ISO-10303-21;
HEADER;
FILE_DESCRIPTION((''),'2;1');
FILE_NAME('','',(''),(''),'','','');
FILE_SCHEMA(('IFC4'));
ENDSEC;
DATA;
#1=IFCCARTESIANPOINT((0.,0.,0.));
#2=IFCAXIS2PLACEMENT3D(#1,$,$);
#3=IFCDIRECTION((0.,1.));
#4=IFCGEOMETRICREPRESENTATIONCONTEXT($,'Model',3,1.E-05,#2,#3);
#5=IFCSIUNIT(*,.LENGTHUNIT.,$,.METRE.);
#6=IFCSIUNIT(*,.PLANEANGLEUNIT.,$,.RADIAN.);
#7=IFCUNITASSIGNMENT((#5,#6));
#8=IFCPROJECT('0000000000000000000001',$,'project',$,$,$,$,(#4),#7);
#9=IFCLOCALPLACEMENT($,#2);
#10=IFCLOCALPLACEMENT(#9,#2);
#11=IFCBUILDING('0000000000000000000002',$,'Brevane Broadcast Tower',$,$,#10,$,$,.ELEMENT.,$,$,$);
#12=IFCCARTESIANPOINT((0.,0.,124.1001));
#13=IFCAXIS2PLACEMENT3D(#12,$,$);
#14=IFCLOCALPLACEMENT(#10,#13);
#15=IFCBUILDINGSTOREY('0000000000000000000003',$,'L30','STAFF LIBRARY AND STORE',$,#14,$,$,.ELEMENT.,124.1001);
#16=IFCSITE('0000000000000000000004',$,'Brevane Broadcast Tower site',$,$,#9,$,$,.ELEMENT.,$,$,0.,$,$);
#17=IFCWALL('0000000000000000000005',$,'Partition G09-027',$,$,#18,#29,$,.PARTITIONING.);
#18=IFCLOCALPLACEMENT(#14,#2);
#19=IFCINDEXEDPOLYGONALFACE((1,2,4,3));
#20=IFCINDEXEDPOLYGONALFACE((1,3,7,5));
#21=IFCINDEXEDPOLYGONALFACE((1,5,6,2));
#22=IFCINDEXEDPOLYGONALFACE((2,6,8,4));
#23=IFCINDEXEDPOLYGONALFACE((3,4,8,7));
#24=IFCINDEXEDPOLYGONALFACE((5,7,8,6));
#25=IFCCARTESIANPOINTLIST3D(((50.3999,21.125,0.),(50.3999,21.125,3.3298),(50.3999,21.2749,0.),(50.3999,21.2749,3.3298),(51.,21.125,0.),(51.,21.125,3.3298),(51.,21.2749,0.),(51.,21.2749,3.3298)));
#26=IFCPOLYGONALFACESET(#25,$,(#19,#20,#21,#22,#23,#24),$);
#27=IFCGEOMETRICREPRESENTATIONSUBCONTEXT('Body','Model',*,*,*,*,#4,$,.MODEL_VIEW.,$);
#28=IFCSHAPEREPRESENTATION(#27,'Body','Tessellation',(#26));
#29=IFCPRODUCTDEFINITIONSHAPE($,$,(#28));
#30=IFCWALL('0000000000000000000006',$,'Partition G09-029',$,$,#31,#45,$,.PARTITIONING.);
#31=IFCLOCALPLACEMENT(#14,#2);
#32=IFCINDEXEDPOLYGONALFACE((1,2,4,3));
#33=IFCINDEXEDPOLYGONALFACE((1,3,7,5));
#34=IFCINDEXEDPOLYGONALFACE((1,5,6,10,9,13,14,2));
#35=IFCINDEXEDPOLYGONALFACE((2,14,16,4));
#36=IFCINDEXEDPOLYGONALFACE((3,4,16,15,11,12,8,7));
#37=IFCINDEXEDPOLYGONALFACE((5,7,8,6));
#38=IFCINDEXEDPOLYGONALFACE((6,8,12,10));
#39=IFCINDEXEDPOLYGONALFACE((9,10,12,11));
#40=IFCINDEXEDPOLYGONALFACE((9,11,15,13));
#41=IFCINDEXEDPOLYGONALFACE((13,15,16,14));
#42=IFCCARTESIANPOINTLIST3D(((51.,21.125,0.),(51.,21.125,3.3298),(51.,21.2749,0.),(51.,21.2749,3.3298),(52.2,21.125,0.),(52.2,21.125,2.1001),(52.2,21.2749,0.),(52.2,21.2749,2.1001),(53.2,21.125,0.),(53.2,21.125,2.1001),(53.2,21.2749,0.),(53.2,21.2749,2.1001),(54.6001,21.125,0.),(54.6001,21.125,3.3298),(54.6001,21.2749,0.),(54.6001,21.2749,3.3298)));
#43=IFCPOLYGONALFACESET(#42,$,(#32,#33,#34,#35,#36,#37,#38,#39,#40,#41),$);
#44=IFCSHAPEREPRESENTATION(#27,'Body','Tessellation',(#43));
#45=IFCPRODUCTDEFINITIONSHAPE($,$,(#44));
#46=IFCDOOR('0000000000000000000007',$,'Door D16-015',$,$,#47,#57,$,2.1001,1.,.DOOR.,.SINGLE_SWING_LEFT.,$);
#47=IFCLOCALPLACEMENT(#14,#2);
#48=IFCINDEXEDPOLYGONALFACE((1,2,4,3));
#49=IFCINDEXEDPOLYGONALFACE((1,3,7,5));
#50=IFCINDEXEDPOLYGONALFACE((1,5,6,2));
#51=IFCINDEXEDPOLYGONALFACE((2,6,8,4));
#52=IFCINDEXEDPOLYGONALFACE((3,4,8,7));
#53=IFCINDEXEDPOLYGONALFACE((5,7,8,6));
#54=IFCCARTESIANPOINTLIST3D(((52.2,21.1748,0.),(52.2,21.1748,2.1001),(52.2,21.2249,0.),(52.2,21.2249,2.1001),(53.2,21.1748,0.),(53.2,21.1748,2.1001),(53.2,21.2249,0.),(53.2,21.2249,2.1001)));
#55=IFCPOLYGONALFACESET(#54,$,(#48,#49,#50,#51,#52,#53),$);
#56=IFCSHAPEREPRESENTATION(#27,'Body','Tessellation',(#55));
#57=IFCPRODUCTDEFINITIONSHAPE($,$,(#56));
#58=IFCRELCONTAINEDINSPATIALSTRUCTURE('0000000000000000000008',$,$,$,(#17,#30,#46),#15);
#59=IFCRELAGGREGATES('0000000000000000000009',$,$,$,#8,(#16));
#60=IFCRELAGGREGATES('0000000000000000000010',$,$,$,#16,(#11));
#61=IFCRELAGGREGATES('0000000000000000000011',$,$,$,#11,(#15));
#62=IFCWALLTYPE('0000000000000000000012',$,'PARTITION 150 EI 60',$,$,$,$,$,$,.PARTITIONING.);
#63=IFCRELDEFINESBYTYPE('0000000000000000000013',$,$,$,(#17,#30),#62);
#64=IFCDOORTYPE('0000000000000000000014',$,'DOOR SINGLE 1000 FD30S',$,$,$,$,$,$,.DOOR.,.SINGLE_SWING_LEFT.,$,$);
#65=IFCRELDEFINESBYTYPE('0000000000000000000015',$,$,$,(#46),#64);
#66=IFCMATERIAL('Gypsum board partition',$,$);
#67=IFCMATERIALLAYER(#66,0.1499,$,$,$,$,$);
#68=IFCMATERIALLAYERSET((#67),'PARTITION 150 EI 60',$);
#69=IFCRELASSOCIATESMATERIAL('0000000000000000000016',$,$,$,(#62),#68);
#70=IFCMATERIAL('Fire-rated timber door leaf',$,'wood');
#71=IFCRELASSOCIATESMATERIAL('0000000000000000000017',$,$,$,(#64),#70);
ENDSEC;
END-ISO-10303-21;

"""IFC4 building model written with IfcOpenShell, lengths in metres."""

from ifc_helpers import new_model, si_unit, direction, frame, frame_2d, origin, place, context, subcontext, project, spatial, rectangle, extrude, material, layer, layer_set, type_object, element, fill, save


model = new_model("IFC4")

# Units and contexts
model_context = context("Model", 3, precision=1e-05, world=origin(), true_north=direction((0.0, 1.0)))
body_context = subcontext(model_context, "Body", "Model", "MODEL_VIEW")
ifc_project = project(units=[si_unit("LENGTHUNIT", "METRE"), si_unit("PLANEANGLEUNIT", "RADIAN")], contexts=[model_context])

# Site, building, storey
site_placement = place(None, origin())
site = spatial("IfcSite", under=ifc_project, at=site_placement, Name="Brevane Broadcast Tower site", CompositionType="ELEMENT", RefElevation=0.0)
building_placement = place(site_placement, origin())
building = spatial("IfcBuilding", under=site, at=building_placement, Name="Brevane Broadcast Tower", CompositionType="ELEMENT")
storey_placement = place(building_placement, frame((0.0, 0.0, 124.1001)))
storey = spatial("IfcBuildingStorey", under=building, at=storey_placement, Name="L30", Description="STAFF LIBRARY AND STORE", CompositionType="ELEMENT", Elevation=124.1001)

# Shared definitions
ifc_material_1 = material(Name="Gypsum board partition")

# Shared definitions
ifc_layer_1 = layer(ifc_material_1, 0.1499)
ifc_layer_set_1 = layer_set([ifc_layer_1], Name="PARTITION 150 EI 60")
wall_type_1 = type_object("IfcWallType", Name="PARTITION 150 EI 60", PredefinedType="PARTITIONING", material=ifc_layer_set_1)
ifc_material_2 = material(Name="Fire-rated timber door leaf", Category="wood")

# Wall
wall_1_placement = place(storey_placement, frame((50.3999, 21.2, 0.0), z_axis=(0.0, 0.0, 1.0), x_axis=(1.0, 0.0, 0.0)))
element("IfcWall", 1, at=wall_1_placement, inside=storey, type_object=wall_type_1, Name="Partition G09-027", PredefinedType="PARTITIONING", context=body_context, shape_type="SweptSolid", body=[
    extrude(rectangle(XDim=0.6001, YDim=0.1499, at=frame_2d((0.3, 0.0))), origin(), (0.0, 0.0, 1.0), 3.3298),
])

# Wall, opening, door
wall_2_placement = place(storey_placement, frame((51.0, 21.2, 0.0), z_axis=(0.0, 0.0, 1.0), x_axis=(1.0, 0.0, 0.0)))
wall_2 = element("IfcWall", 2, at=wall_2_placement, inside=storey, type_object=wall_type_1, Name="Partition G09-029", PredefinedType="PARTITIONING", context=body_context, shape_type="SweptSolid", body=[
    extrude(rectangle(XDim=3.6001, YDim=0.1499, at=frame_2d((1.8, 0.0))), origin(), (0.0, 0.0, 1.0), 3.3298),
])
opening_1_placement = place(wall_2_placement, frame((1.2, 0.0, 0.0)))
opening_1 = element("IfcOpeningElement", 3, at=opening_1_placement, cuts=wall_2, PredefinedType="OPENING", context=body_context, shape_type="SweptSolid", body=[
    extrude(rectangle(XDim=1.0, YDim=2.1001, at=frame_2d((0.5, 1.05))), frame((0.0, 0.085, 0.0), z_axis=(0.0, -1.0, 0.0), x_axis=(1.0, 0.0, 0.0)), (0.0, 0.0, 1.0), 0.1699),
])
door_type_1 = type_object("IfcDoorType", Name="DOOR SINGLE 1000 FD30S", OperationType="SINGLE_SWING_LEFT", PredefinedType="DOOR", material=ifc_material_2)
door_1_placement = place(opening_1_placement, origin())
door_1 = element("IfcDoor", 4, at=door_1_placement, inside=storey, type_object=door_type_1, Name="Door D16-015", OperationType="SINGLE_SWING_LEFT", OverallHeight=2.1001, OverallWidth=1.0, PredefinedType="DOOR", context=body_context, shape_type="SweptSolid", body=[
    extrude(rectangle(XDim=1.0, YDim=2.1001, at=frame_2d((0.5, 1.05))), frame((0.0, 0.0249, 0.0), z_axis=(0.0, -1.0, 0.0), x_axis=(1.0, 0.0, 0.0)), (0.0, 0.0, 1.0), 0.05),
])
fill(opening_1, door_1)

save(model, "model.ifc")
